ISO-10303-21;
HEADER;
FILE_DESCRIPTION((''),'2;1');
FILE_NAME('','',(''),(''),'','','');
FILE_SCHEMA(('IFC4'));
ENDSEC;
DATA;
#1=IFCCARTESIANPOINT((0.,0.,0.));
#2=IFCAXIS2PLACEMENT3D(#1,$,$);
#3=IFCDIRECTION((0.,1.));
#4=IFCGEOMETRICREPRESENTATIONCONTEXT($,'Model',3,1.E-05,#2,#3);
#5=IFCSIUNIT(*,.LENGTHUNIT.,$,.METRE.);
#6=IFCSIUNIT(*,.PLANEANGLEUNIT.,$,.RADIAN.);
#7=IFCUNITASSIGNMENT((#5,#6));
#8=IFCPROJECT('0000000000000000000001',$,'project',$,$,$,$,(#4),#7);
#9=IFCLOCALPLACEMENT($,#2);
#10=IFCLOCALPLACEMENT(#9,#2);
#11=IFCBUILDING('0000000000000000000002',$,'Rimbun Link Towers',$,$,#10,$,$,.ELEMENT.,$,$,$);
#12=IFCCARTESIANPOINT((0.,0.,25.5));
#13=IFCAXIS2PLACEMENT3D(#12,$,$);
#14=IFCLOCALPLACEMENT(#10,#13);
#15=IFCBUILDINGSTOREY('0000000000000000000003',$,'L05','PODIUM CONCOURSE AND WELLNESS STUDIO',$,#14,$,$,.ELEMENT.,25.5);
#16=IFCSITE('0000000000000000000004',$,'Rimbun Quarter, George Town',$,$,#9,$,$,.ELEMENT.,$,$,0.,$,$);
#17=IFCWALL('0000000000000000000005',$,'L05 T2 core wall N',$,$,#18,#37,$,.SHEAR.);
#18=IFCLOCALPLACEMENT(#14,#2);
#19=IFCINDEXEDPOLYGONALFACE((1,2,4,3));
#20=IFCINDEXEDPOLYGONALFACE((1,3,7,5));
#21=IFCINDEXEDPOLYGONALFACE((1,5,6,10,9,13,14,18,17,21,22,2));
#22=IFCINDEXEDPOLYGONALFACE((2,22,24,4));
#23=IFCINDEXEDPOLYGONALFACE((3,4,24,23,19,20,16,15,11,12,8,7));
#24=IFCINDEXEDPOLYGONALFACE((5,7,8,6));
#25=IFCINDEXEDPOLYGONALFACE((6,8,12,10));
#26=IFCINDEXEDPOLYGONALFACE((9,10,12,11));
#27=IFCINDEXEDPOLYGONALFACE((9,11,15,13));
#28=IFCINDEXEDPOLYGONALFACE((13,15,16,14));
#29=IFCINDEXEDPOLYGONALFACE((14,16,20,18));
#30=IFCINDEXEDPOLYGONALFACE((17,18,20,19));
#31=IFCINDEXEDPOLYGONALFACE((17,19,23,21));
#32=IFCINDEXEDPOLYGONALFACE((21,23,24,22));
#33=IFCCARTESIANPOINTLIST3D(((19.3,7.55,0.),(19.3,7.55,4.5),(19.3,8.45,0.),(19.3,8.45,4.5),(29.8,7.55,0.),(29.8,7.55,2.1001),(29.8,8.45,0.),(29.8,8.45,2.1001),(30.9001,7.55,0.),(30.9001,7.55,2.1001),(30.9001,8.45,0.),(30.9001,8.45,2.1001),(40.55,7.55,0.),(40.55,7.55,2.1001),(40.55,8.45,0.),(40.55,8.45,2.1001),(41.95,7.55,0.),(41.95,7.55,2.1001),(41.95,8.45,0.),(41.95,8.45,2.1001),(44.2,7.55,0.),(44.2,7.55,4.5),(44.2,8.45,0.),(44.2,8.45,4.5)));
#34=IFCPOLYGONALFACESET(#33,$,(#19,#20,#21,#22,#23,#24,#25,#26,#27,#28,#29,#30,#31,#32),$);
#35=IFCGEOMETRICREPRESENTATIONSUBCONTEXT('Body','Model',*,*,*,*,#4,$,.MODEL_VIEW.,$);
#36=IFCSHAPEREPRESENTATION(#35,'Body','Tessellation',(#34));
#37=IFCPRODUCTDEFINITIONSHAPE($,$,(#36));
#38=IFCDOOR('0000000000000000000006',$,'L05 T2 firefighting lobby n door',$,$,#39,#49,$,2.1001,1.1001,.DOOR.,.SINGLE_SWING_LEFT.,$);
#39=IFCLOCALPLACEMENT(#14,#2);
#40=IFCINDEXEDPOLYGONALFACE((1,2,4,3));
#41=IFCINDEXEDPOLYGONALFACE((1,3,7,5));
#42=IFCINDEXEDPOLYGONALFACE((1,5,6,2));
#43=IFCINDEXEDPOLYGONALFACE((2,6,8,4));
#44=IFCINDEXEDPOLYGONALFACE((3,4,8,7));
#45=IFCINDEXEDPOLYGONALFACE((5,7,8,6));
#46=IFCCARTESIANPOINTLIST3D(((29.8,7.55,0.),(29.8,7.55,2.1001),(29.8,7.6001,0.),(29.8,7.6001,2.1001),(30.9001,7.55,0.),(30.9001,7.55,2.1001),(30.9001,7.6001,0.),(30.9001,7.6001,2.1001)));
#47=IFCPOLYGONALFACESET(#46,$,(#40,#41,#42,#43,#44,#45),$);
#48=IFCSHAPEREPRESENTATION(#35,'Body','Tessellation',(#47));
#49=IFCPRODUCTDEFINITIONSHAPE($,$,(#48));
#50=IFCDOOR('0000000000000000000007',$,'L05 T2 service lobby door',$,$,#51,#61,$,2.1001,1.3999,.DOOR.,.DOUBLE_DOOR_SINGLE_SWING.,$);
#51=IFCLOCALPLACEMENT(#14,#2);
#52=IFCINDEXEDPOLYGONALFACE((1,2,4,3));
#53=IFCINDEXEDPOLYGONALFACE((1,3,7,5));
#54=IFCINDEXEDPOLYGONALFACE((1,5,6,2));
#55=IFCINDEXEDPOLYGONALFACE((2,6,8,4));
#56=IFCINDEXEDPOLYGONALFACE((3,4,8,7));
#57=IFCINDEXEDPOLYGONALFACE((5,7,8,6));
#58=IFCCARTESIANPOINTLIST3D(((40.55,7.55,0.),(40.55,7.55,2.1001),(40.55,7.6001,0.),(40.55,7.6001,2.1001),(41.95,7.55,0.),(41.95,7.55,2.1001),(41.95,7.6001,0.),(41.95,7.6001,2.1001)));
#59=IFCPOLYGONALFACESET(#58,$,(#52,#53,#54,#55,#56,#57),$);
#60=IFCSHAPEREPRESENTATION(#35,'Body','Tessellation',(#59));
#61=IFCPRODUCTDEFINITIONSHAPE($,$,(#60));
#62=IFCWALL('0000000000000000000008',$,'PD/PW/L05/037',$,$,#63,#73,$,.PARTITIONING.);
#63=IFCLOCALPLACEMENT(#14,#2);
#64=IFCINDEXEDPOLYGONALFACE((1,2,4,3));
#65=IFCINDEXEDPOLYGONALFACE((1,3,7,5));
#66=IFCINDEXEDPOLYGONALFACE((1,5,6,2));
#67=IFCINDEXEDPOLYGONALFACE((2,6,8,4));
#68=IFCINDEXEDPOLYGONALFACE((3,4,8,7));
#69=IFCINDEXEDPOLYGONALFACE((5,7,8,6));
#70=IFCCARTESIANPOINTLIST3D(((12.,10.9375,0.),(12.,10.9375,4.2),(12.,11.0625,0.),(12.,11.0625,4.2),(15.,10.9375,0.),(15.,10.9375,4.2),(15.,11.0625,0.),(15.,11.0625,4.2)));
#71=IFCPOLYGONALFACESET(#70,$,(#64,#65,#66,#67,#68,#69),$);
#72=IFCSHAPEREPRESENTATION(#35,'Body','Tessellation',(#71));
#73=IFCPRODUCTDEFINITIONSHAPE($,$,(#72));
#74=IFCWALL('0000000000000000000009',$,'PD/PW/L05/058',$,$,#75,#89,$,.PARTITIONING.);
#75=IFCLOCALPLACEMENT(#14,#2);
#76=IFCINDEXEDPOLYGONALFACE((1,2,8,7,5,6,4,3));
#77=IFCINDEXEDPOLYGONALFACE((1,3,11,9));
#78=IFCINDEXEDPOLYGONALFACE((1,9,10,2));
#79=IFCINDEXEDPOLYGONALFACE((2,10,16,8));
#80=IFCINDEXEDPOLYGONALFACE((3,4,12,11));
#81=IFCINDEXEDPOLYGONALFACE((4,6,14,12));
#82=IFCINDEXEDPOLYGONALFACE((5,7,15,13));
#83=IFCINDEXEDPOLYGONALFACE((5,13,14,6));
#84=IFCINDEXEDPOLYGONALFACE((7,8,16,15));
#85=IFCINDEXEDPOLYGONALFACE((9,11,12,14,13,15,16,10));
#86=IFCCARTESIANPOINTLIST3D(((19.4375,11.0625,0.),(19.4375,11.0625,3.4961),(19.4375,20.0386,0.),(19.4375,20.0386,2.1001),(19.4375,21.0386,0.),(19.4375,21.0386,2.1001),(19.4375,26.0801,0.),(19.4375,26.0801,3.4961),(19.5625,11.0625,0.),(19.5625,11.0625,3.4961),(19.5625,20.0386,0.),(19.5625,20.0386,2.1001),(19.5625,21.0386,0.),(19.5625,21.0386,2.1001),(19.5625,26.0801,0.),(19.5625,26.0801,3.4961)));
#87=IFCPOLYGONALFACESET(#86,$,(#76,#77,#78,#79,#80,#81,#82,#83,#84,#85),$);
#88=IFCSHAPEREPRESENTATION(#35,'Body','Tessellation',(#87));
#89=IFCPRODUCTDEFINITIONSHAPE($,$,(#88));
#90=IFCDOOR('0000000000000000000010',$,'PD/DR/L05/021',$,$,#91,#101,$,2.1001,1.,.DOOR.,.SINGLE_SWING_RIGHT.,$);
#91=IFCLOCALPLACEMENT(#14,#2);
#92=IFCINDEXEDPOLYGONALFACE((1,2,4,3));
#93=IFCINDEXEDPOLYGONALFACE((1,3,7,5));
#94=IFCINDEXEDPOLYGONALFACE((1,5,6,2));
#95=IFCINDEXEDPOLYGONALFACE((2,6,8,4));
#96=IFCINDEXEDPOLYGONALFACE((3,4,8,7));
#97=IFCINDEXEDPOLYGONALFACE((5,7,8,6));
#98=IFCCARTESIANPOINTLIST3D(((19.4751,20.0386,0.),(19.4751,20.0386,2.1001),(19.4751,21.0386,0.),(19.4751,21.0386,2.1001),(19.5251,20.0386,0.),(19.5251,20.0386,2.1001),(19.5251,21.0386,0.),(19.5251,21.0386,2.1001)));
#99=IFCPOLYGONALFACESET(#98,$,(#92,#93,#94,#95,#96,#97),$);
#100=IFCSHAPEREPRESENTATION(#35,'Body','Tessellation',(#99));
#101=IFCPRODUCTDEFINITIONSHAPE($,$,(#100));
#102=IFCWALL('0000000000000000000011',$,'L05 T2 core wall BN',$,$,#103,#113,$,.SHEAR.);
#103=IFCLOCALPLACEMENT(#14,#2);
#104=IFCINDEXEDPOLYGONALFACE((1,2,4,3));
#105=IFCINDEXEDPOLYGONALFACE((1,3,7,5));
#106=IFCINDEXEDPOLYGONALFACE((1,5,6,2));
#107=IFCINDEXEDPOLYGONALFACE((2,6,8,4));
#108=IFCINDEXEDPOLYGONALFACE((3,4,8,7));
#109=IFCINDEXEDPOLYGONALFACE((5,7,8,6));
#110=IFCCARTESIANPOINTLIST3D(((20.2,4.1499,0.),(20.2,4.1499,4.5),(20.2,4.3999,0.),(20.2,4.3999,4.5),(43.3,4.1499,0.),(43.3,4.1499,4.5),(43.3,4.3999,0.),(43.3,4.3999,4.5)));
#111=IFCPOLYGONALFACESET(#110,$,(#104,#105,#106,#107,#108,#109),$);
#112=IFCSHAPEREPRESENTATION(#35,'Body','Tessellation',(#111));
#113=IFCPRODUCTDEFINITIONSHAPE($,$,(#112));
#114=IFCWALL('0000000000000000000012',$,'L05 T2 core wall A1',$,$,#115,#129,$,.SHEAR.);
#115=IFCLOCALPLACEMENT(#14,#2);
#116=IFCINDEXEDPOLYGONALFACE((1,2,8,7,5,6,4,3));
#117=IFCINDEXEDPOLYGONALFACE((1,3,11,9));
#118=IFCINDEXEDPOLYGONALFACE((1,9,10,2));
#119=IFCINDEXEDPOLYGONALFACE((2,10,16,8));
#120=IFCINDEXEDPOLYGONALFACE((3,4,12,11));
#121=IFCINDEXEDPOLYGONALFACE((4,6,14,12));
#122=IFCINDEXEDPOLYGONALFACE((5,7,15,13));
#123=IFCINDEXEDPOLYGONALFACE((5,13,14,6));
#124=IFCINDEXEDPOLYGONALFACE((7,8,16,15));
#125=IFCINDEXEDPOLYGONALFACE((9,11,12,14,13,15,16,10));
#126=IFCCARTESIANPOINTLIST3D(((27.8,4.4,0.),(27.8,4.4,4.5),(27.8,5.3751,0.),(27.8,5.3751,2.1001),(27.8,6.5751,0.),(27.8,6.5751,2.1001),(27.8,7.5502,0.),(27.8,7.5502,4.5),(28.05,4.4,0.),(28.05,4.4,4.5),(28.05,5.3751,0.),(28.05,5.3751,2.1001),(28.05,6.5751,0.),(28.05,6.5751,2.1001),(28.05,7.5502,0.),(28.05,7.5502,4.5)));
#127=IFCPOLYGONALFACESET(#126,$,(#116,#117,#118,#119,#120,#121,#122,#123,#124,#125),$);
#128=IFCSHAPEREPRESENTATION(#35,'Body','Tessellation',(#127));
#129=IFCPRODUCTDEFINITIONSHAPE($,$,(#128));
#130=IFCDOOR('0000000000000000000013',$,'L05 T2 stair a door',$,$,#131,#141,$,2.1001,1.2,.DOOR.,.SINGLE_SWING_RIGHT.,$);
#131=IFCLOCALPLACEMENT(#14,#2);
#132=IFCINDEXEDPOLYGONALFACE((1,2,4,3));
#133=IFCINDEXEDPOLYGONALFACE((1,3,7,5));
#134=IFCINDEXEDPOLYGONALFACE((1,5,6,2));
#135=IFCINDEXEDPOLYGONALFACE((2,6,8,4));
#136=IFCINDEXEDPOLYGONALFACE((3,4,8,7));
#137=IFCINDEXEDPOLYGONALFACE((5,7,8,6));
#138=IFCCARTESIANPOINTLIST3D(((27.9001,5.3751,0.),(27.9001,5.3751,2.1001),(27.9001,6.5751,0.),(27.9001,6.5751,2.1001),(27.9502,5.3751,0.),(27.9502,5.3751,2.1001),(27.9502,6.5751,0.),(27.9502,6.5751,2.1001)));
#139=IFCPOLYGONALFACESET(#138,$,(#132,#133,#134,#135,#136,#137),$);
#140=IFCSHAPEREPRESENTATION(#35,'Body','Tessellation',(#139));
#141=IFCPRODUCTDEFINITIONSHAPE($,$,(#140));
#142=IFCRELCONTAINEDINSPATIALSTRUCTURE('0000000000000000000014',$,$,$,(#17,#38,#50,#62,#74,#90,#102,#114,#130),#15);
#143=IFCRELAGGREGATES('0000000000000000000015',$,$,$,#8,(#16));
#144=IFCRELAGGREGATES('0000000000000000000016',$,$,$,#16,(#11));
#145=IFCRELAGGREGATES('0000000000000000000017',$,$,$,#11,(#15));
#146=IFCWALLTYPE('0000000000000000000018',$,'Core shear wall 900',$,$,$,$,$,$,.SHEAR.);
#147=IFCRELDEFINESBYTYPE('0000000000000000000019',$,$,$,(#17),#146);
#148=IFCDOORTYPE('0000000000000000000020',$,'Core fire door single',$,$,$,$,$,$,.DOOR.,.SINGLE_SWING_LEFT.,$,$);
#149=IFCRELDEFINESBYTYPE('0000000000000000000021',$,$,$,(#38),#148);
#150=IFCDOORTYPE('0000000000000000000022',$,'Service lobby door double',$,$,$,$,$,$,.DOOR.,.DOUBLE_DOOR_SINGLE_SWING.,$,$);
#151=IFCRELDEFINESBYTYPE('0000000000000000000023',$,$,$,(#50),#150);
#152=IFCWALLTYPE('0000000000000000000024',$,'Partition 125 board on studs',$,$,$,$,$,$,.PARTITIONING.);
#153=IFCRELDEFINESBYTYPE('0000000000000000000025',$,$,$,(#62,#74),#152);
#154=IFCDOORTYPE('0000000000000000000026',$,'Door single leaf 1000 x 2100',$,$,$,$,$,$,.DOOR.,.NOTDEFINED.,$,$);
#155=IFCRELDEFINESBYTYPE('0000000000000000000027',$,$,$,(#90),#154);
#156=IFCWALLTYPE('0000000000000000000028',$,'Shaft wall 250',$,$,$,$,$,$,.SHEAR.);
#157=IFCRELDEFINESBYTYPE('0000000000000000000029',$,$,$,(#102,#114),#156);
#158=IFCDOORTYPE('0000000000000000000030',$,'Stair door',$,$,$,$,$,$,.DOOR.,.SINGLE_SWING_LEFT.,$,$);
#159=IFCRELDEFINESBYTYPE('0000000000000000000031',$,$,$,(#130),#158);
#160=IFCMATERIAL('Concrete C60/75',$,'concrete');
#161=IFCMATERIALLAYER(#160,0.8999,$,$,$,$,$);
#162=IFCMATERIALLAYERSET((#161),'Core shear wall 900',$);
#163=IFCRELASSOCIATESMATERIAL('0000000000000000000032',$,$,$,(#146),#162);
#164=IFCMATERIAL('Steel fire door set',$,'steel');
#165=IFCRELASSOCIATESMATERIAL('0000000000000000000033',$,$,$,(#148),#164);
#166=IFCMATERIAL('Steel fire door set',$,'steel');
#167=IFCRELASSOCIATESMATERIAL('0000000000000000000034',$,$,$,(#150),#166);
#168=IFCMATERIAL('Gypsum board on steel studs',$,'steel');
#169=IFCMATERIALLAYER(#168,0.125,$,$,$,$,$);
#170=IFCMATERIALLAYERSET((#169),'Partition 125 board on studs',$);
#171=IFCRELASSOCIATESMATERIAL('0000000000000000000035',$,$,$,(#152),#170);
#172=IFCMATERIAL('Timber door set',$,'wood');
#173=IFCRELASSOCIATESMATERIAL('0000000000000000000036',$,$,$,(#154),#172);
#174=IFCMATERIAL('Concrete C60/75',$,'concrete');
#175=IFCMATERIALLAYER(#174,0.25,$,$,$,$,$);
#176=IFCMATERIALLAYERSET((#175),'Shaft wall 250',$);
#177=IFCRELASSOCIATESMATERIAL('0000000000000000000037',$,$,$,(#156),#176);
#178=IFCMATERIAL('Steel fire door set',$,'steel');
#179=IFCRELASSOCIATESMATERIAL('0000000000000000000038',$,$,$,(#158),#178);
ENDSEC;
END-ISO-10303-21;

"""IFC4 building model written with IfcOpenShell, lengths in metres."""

from ifc_helpers import new_model, si_unit, direction, frame, frame_2d, origin, place, context, subcontext, project, spatial, rectangle, extrude, material, layer, layer_set, type_object, element, fill, save


model = new_model("IFC4")

# Units and contexts
model_context = context("Model", 3, precision=1e-05, world=origin(), true_north=direction((0.0, 1.0)))
body_context = subcontext(model_context, "Body", "Model", "MODEL_VIEW")
ifc_project = project(units=[si_unit("LENGTHUNIT", "METRE"), si_unit("PLANEANGLEUNIT", "RADIAN")], contexts=[model_context])

# Site, building, storey
site_placement = place(None, origin())
site = spatial("IfcSite", under=ifc_project, at=site_placement, Name="Rimbun Quarter, George Town", CompositionType="ELEMENT", RefElevation=0.0)
building_placement = place(site_placement, origin())
building = spatial("IfcBuilding", under=site, at=building_placement, Name="Rimbun Link Towers", CompositionType="ELEMENT")
storey_placement = place(building_placement, frame((0.0, 0.0, 25.5)))
storey = spatial("IfcBuildingStorey", under=building, at=storey_placement, Name="L05", Description="PODIUM CONCOURSE AND WELLNESS STUDIO", CompositionType="ELEMENT", Elevation=25.5)

# Wall, openings, doors
ifc_material_1 = material(Name="Concrete C60/75", Category="concrete")
ifc_layer_1 = layer(ifc_material_1, 0.8999)
ifc_layer_set_1 = layer_set([ifc_layer_1], Name="Core shear wall 900")
wall_type_1 = type_object("IfcWallType", Name="Core shear wall 900", PredefinedType="SHEAR", material=ifc_layer_set_1)
wall_1_placement = place(storey_placement, frame((19.3, 8.0, 0.0), z_axis=(0.0, 0.0, 1.0), x_axis=(1.0, 0.0, 0.0)))
wall_1 = element("IfcWall", 1, at=wall_1_placement, inside=storey, type_object=wall_type_1, Name="L05 T2 core wall N", PredefinedType="SHEAR", context=body_context, shape_type="SweptSolid", body=[
    extrude(rectangle(XDim=24.8999, YDim=0.8999, at=frame_2d((12.45, 0.0))), origin(), (0.0, 0.0, 1.0), 4.5),
])
opening_1_placement = place(wall_1_placement, frame((10.5, 0.0, 0.0)))
opening_1 = element("IfcOpeningElement", 2, at=opening_1_placement, cuts=wall_1, PredefinedType="OPENING", context=body_context, shape_type="SweptSolid", body=[
    extrude(rectangle(XDim=1.1001, YDim=2.1001, at=frame_2d((0.55, 1.05))), frame((0.0, 0.46, 0.0), z_axis=(0.0, -1.0, 0.0), x_axis=(1.0, 0.0, 0.0)), (0.0, 0.0, 1.0), 0.9199),
])
opening_2_placement = place(wall_1_placement, frame((21.25, 0.0, 0.0)))
opening_2 = element("IfcOpeningElement", 3, at=opening_2_placement, cuts=wall_1, PredefinedType="OPENING", context=body_context, shape_type="SweptSolid", body=[
    extrude(rectangle(XDim=1.3999, YDim=2.1001, at=frame_2d((0.7, 1.05))), frame((0.0, 0.46, 0.0), z_axis=(0.0, -1.0, 0.0), x_axis=(1.0, 0.0, 0.0)), (0.0, 0.0, 1.0), 0.9199),
])
ifc_material_2 = material(Name="Steel fire door set", Category="steel")
door_type_1 = type_object("IfcDoorType", Name="Core fire door single", OperationType="SINGLE_SWING_LEFT", PredefinedType="DOOR", material=ifc_material_2)
door_1_placement = place(opening_1_placement, origin())
door_1 = element("IfcDoor", 4, at=door_1_placement, inside=storey, type_object=door_type_1, Name="L05 T2 firefighting lobby n door", OperationType="SINGLE_SWING_LEFT", OverallHeight=2.1001, OverallWidth=1.1001, PredefinedType="DOOR", context=body_context, shape_type="SweptSolid", body=[
    extrude(rectangle(XDim=1.1001, YDim=2.1001, at=frame_2d((0.55, 1.05))), frame((0.0, -0.3999, 0.0), z_axis=(0.0, -1.0, 0.0), x_axis=(1.0, 0.0, 0.0)), (0.0, 0.0, 1.0), 0.05),
])
fill(opening_1, door_1)
ifc_material_3 = material(Name="Steel fire door set", Category="steel")
door_type_2 = type_object("IfcDoorType", Name="Service lobby door double", OperationType="DOUBLE_DOOR_SINGLE_SWING", PredefinedType="DOOR", material=ifc_material_3)
door_2_placement = place(opening_2_placement, origin())
door_2 = element("IfcDoor", 5, at=door_2_placement, inside=storey, type_object=door_type_2, Name="L05 T2 service lobby door", OperationType="DOUBLE_DOOR_SINGLE_SWING", OverallHeight=2.1001, OverallWidth=1.3999, PredefinedType="DOOR", context=body_context, shape_type="SweptSolid", body=[
    extrude(rectangle(XDim=1.3999, YDim=2.1001, at=frame_2d((0.7, 1.05))), frame((0.0, -0.3999, 0.0), z_axis=(0.0, -1.0, 0.0), x_axis=(1.0, 0.0, 0.0)), (0.0, 0.0, 1.0), 0.05),
])
fill(opening_2, door_2)

# Wall
ifc_material_4 = material(Name="Gypsum board on steel studs", Category="steel")
ifc_layer_2 = layer(ifc_material_4, 0.125)
ifc_layer_set_2 = layer_set([ifc_layer_2], Name="Partition 125 board on studs")
wall_type_2 = type_object("IfcWallType", Name="Partition 125 board on studs", PredefinedType="PARTITIONING", material=ifc_layer_set_2)
wall_2_placement = place(storey_placement, frame((15.0, 11.0, 0.0), z_axis=(0.0, 0.0, 1.0), x_axis=(-1.0, 0.0, 0.0)))
element("IfcWall", 6, at=wall_2_placement, inside=storey, type_object=wall_type_2, Name="PD/PW/L05/037", PredefinedType="PARTITIONING", context=body_context, shape_type="SweptSolid", body=[
    extrude(rectangle(XDim=3.0, YDim=0.125, at=frame_2d((1.5, 0.0))), origin(), (0.0, 0.0, 1.0), 4.2),
])

# Wall, opening, door
wall_3_placement = place(storey_placement, frame((19.5, 11.0625, 0.0), z_axis=(0.0, 0.0, 1.0), x_axis=(0.0, 1.0, 0.0)))
wall_3 = element("IfcWall", 7, at=wall_3_placement, inside=storey, type_object=wall_type_2, Name="PD/PW/L05/058", PredefinedType="PARTITIONING", context=body_context, shape_type="SweptSolid", body=[
    extrude(rectangle(XDim=15.0176, YDim=0.125, at=frame_2d((7.5088, 0.0))), origin(), (0.0, 0.0, 1.0), 3.4961),
])
opening_3_placement = place(wall_3_placement, frame((8.9761, 0.0, 0.0)))
opening_3 = element("IfcOpeningElement", 8, at=opening_3_placement, cuts=wall_3, PredefinedType="OPENING", context=body_context, shape_type="SweptSolid", body=[
    extrude(rectangle(XDim=1.0, YDim=2.1001, at=frame_2d((0.5, 1.05))), frame((0.0, 0.0725, 0.0), z_axis=(0.0, -1.0, 0.0), x_axis=(1.0, 0.0, 0.0)), (0.0, 0.0, 1.0), 0.145),
])
ifc_material_5 = material(Name="Timber door set", Category="wood")
door_type_3 = type_object("IfcDoorType", Name="Door single leaf 1000 x 2100", OperationType="NOTDEFINED", PredefinedType="DOOR", material=ifc_material_5)
door_3_placement = place(opening_3_placement, origin())
door_3 = element("IfcDoor", 9, at=door_3_placement, inside=storey, type_object=door_type_3, Name="PD/DR/L05/021", OperationType="SINGLE_SWING_RIGHT", OverallHeight=2.1001, OverallWidth=1.0, PredefinedType="DOOR", context=body_context, shape_type="SweptSolid", body=[
    extrude(rectangle(XDim=1.0, YDim=2.1001, at=frame_2d((0.5, 1.05))), frame((0.0, 0.0249, 0.0), z_axis=(0.0, -1.0, 0.0), x_axis=(1.0, 0.0, 0.0)), (0.0, 0.0, 1.0), 0.05),
])
fill(opening_3, door_3)

# Wall
ifc_material_6 = material(Name="Concrete C60/75", Category="concrete")
ifc_layer_3 = layer(ifc_material_6, 0.25)
ifc_layer_set_3 = layer_set([ifc_layer_3], Name="Shaft wall 250")
wall_type_3 = type_object("IfcWallType", Name="Shaft wall 250", PredefinedType="SHEAR", material=ifc_layer_set_3)
wall_4_placement = place(storey_placement, frame((20.2, 4.2749, 0.0), z_axis=(0.0, 0.0, 1.0), x_axis=(1.0, 0.0, 0.0)))
element("IfcWall", 10, at=wall_4_placement, inside=storey, type_object=wall_type_3, Name="L05 T2 core wall BN", PredefinedType="SHEAR", context=body_context, shape_type="SweptSolid", body=[
    extrude(rectangle(XDim=23.1001, YDim=0.25, at=frame_2d((11.55, 0.0))), origin(), (0.0, 0.0, 1.0), 4.5),
])

# Wall, opening, door
wall_5_placement = place(storey_placement, frame((27.925, 4.3999, 0.0), z_axis=(0.0, 0.0, 1.0), x_axis=(0.0, 1.0, 0.0)))
wall_5 = element("IfcWall", 11, at=wall_5_placement, inside=storey, type_object=wall_type_3, Name="L05 T2 core wall A1", PredefinedType="SHEAR", context=body_context, shape_type="SweptSolid", body=[
    extrude(rectangle(XDim=3.1501, YDim=0.25, at=frame_2d((1.5752, 0.0))), origin(), (0.0, 0.0, 1.0), 4.5),
])
opening_4_placement = place(wall_5_placement, frame((0.9751, 0.0, 0.0)))
opening_4 = element("IfcOpeningElement", 12, at=opening_4_placement, cuts=wall_5, PredefinedType="OPENING", context=body_context, shape_type="SweptSolid", body=[
    extrude(rectangle(XDim=1.2, YDim=2.1001, at=frame_2d((0.6001, 1.05))), frame((0.0, 0.135, 0.0), z_axis=(0.0, -1.0, 0.0), x_axis=(1.0, 0.0, 0.0)), (0.0, 0.0, 1.0), 0.27),
])
ifc_material_7 = material(Name="Steel fire door set", Category="steel")
door_type_4 = type_object("IfcDoorType", Name="Stair door", OperationType="SINGLE_SWING_LEFT", PredefinedType="DOOR", material=ifc_material_7)
door_4_placement = place(opening_4_placement, origin())
door_4 = element("IfcDoor", 13, at=door_4_placement, inside=storey, type_object=door_type_4, Name="L05 T2 stair a door", OperationType="SINGLE_SWING_RIGHT", OverallHeight=2.1001, OverallWidth=1.2, PredefinedType="DOOR", context=body_context, shape_type="SweptSolid", body=[
    extrude(rectangle(XDim=1.2, YDim=2.1001, at=frame_2d((0.6001, 1.05))), frame((0.0, 0.0249, 0.0), z_axis=(0.0, -1.0, 0.0), x_axis=(1.0, 0.0, 0.0)), (0.0, 0.0, 1.0), 0.05),
])
fill(opening_4, door_4)

save(model, "model.ifc")
